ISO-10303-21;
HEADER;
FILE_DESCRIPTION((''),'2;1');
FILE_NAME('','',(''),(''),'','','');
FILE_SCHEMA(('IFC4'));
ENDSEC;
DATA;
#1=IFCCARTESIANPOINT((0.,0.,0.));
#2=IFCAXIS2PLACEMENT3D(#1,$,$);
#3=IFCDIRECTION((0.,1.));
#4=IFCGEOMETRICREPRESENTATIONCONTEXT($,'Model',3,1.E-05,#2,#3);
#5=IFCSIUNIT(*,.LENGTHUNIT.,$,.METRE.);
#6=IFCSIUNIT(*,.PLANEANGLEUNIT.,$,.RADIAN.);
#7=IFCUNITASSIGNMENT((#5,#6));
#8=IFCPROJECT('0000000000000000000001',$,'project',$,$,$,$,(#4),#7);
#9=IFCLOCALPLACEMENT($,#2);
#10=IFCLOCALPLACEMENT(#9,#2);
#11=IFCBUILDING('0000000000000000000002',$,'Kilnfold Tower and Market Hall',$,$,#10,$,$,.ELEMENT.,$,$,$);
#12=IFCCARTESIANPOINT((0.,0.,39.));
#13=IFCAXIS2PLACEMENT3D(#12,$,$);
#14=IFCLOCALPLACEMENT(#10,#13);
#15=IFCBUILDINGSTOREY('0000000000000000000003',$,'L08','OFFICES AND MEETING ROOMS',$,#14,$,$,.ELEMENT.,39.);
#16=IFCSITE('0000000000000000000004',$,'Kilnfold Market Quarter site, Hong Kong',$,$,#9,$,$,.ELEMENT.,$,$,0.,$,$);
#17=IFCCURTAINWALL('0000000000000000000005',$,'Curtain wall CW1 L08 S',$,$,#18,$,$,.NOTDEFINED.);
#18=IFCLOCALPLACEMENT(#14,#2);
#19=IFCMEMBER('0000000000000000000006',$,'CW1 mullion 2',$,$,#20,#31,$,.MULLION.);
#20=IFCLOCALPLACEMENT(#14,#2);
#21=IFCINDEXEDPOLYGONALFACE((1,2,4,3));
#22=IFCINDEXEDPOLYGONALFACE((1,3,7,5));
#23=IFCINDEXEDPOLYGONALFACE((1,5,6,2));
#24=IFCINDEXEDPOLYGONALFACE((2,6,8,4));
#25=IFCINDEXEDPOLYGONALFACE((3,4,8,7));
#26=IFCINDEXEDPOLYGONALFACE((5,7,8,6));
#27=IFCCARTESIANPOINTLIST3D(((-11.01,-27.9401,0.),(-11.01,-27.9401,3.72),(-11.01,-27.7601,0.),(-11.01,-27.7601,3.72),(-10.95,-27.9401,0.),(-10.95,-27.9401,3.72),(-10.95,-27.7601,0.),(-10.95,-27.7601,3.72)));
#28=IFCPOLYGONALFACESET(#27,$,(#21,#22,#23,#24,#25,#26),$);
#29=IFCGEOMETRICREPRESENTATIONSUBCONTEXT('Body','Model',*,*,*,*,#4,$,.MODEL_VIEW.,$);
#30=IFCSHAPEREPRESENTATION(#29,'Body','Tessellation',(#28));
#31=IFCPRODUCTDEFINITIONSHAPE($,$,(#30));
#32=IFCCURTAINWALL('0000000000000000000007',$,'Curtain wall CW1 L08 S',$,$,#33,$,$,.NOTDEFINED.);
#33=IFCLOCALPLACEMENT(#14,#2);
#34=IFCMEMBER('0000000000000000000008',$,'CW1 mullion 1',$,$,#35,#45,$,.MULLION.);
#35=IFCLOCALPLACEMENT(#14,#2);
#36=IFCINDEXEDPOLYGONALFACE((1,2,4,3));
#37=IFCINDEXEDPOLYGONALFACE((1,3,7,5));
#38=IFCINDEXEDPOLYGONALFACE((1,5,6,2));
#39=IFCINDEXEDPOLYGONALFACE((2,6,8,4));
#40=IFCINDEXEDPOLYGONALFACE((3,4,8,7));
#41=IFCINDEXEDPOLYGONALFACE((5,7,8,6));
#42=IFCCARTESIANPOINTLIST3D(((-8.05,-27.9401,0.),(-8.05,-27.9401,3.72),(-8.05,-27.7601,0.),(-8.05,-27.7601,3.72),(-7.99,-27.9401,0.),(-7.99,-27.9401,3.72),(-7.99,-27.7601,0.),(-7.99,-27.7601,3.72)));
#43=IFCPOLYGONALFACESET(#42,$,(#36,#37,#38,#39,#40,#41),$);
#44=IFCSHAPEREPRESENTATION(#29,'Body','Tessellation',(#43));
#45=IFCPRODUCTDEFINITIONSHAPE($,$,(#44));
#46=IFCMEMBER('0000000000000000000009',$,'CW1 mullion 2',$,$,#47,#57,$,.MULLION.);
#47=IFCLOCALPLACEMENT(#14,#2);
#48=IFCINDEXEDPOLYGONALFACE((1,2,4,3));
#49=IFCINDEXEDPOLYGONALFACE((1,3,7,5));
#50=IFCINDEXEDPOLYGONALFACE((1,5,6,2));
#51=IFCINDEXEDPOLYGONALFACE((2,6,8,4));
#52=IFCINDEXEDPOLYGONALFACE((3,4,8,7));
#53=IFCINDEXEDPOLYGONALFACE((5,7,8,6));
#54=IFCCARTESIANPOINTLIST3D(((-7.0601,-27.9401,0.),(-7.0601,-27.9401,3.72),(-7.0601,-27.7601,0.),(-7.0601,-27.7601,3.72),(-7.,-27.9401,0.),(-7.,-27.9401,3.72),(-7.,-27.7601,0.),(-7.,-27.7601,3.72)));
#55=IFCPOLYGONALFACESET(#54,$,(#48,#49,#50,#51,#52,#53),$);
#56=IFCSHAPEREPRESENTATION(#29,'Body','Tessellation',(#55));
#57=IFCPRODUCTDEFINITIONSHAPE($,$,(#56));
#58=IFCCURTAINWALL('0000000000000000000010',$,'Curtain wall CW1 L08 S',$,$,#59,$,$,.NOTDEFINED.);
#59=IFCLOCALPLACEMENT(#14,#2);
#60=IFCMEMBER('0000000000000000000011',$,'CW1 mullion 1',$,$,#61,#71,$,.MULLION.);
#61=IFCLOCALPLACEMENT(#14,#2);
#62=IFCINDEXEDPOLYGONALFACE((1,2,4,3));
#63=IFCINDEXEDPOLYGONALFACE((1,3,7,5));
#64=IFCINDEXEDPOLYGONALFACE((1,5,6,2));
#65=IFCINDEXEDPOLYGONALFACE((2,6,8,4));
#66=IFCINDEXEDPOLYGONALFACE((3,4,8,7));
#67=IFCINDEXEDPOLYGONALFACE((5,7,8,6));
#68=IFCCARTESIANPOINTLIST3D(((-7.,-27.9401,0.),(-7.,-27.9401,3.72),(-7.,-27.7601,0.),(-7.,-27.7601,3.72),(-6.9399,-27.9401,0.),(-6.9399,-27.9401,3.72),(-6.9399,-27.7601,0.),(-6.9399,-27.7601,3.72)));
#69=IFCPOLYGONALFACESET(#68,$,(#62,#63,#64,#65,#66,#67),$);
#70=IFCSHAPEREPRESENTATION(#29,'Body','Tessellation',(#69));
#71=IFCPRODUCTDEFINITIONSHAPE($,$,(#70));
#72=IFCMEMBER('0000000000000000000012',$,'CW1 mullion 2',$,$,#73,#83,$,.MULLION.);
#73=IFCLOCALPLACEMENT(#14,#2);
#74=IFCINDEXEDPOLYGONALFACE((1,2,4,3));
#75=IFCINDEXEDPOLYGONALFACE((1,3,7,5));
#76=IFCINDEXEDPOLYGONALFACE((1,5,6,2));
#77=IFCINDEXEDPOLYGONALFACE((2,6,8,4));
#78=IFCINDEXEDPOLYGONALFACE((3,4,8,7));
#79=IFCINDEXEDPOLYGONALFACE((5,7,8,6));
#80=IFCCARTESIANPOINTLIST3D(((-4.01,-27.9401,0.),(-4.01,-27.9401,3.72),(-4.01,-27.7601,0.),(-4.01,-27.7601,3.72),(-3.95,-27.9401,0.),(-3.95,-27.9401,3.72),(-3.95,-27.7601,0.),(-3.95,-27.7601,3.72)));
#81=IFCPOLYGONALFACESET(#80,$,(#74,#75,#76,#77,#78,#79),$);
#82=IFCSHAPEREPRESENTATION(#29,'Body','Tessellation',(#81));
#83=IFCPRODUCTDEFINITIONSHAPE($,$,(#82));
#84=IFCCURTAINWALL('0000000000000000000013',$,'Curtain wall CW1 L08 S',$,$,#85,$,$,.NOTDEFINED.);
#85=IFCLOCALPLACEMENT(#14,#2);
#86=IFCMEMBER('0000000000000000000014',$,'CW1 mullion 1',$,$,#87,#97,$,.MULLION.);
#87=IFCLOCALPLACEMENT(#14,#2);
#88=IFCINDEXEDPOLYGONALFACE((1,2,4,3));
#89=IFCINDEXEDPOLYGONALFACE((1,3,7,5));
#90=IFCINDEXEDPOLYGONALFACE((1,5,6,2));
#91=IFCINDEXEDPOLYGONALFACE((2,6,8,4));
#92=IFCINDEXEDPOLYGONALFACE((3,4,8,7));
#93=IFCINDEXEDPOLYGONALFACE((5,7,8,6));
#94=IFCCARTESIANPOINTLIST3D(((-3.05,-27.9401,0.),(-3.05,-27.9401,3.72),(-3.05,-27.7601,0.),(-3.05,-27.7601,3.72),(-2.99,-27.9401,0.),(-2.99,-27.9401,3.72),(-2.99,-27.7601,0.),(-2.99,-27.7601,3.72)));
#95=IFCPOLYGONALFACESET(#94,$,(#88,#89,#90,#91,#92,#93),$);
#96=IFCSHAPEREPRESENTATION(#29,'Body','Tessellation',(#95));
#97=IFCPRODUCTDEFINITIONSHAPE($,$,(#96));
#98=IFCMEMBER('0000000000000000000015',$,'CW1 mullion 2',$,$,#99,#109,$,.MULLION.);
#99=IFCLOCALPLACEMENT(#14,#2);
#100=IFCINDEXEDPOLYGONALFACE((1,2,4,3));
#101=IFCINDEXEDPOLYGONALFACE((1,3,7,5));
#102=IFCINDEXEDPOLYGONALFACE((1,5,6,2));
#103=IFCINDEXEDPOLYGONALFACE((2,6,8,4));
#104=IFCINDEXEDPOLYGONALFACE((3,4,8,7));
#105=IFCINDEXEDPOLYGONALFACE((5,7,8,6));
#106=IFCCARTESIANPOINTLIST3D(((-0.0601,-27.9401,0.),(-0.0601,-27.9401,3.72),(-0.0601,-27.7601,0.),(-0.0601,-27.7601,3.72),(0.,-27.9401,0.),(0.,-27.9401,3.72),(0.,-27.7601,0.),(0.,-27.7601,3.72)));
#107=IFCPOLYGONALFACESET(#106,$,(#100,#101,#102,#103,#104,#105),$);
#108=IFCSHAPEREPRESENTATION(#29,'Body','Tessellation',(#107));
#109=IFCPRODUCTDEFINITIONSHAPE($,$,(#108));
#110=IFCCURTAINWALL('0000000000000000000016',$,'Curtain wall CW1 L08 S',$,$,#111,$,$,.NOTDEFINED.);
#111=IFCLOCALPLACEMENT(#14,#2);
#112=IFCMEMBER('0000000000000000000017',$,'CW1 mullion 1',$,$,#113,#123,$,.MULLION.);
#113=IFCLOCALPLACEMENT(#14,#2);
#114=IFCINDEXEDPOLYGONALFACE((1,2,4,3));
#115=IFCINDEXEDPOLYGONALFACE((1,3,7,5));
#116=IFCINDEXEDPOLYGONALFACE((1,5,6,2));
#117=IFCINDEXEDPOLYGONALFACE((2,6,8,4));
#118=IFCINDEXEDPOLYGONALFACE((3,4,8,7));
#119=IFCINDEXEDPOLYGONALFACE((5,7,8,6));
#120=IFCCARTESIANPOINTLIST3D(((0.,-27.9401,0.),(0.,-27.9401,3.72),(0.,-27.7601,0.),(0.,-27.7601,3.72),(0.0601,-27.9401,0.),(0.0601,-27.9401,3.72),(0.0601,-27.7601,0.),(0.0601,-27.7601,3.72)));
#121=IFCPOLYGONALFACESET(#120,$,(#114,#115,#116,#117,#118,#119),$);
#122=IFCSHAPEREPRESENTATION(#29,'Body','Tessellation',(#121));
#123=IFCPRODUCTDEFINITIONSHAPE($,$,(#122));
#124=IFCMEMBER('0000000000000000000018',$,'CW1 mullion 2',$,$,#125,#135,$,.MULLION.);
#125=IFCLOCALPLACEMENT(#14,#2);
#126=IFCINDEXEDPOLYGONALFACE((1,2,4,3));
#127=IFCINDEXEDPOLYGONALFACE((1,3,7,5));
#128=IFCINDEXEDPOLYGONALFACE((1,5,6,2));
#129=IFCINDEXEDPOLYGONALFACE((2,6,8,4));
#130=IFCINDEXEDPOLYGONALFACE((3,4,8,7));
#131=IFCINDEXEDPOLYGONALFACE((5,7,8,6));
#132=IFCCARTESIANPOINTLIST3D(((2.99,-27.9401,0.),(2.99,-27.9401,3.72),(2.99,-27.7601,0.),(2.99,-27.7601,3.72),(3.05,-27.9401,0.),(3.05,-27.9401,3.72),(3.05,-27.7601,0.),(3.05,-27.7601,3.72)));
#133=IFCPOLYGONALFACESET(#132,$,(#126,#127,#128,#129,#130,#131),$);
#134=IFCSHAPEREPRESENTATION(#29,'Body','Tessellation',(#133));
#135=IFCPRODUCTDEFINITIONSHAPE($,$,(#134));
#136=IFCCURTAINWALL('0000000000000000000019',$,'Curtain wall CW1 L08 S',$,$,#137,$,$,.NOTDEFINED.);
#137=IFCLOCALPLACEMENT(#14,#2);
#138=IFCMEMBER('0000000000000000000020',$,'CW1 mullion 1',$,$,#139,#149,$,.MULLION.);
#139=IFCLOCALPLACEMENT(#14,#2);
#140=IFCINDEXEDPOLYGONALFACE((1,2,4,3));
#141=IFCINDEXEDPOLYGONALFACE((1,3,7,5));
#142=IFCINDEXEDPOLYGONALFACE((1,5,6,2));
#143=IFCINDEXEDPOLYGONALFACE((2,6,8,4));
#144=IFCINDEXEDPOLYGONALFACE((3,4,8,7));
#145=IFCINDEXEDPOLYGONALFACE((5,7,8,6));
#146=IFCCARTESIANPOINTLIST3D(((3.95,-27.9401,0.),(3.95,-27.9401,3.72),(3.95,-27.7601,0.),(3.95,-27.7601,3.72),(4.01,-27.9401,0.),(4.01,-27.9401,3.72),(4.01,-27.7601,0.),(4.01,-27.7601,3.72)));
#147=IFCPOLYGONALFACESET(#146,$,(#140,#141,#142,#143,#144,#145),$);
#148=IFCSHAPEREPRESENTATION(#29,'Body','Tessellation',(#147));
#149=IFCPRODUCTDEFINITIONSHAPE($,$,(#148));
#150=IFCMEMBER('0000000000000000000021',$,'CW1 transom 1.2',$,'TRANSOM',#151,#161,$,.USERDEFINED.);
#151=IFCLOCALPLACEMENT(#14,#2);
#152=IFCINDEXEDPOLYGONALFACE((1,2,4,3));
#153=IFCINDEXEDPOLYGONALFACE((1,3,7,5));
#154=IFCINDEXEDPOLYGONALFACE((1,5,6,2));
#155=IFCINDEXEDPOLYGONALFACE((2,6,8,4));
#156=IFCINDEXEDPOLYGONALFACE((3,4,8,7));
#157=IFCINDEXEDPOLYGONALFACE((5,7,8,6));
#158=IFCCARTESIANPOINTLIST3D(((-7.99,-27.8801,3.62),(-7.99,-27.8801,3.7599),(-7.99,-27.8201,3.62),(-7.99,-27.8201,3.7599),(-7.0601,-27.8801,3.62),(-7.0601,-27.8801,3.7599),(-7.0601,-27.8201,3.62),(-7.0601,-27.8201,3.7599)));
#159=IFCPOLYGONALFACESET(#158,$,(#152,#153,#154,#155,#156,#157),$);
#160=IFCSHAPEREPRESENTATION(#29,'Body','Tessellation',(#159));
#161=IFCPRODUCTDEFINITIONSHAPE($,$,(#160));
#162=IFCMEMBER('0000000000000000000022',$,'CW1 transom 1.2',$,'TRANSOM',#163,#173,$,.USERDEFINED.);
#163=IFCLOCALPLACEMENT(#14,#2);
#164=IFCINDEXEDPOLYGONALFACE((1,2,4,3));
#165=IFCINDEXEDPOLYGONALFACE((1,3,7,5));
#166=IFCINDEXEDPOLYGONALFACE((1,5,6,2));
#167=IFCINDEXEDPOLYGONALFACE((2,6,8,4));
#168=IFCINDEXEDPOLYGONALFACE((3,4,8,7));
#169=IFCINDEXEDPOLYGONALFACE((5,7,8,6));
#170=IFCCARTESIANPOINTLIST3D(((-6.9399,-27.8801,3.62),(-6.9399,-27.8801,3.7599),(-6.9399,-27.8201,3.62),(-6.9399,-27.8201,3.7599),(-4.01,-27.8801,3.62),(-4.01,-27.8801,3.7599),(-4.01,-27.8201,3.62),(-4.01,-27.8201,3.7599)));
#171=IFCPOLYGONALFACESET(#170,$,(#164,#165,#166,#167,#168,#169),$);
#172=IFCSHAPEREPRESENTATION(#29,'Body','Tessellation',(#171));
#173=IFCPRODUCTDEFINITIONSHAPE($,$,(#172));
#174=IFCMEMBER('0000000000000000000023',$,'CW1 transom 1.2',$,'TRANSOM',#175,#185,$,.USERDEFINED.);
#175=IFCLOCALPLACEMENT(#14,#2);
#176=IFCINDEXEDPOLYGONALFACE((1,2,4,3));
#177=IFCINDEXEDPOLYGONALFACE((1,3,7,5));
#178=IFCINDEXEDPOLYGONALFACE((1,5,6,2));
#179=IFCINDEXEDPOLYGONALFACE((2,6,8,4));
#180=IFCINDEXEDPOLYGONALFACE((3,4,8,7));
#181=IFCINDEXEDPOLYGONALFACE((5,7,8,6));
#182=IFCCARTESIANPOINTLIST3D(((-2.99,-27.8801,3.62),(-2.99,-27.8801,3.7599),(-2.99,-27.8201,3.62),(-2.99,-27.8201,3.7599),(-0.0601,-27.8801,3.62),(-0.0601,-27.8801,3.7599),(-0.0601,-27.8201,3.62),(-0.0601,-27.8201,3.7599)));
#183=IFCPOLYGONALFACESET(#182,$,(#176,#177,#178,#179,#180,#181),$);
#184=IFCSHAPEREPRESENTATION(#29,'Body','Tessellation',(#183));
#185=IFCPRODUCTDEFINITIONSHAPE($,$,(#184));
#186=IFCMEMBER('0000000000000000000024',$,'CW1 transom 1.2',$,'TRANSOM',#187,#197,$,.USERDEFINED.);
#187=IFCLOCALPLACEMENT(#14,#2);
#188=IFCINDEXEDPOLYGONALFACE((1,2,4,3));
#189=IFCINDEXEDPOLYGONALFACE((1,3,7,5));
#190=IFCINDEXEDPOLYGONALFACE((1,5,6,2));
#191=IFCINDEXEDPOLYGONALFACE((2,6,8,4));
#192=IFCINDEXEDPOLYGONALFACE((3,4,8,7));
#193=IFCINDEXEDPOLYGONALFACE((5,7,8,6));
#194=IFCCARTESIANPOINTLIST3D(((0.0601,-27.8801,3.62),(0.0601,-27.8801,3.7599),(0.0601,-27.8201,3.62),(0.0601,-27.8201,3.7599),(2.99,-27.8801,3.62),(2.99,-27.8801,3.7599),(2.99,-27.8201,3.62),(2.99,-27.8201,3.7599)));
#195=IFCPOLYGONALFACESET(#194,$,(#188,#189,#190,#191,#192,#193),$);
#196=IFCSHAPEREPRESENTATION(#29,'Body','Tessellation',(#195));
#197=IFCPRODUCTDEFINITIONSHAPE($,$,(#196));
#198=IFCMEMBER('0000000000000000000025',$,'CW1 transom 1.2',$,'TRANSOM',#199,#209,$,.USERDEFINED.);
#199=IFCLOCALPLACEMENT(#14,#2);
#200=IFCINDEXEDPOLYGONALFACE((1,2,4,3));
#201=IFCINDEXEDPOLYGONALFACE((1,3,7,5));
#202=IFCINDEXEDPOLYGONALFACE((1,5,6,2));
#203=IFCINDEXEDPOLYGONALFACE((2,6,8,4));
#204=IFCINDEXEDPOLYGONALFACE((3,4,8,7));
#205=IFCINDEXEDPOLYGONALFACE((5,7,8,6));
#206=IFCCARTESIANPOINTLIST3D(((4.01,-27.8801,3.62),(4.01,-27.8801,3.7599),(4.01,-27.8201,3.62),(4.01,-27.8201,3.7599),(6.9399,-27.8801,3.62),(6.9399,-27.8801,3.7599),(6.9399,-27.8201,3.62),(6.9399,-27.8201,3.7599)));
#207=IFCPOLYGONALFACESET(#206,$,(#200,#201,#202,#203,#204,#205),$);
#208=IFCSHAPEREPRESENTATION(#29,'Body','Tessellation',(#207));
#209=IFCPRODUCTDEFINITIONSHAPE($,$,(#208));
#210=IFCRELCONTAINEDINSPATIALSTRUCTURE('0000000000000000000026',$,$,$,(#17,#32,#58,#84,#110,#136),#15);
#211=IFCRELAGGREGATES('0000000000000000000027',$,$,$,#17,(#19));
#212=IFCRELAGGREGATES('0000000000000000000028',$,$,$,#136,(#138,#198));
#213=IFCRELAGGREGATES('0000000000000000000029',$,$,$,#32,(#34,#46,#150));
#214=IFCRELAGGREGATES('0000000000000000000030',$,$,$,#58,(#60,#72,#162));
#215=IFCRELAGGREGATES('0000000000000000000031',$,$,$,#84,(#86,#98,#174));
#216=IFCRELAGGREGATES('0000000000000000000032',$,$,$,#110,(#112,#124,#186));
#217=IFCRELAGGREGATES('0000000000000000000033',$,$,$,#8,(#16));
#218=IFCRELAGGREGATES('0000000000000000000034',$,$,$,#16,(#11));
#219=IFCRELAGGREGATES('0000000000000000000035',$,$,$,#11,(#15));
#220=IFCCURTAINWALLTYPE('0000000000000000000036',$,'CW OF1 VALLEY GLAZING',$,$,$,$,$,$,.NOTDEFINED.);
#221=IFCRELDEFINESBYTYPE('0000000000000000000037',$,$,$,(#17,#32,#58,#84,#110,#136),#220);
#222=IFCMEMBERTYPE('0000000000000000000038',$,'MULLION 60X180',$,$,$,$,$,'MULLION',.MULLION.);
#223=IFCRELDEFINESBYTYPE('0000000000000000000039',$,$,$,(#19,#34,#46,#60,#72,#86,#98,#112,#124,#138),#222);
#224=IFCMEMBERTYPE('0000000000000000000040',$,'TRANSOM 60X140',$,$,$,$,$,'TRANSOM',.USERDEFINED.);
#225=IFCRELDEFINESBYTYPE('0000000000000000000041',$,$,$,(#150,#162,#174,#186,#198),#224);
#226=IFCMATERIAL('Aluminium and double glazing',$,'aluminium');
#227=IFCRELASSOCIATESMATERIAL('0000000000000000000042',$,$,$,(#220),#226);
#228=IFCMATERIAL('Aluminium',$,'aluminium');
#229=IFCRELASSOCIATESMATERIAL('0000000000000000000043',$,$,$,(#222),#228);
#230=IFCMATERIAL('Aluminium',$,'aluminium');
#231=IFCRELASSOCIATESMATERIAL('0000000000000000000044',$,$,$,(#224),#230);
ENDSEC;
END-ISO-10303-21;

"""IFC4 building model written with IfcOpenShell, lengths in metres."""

from ifc_helpers import new_model, si_unit, direction, frame, origin, origin_2d, place, context, subcontext, project, spatial, rectangle, extrude, source, transform, mapped, material, material_profile, profile_set, type_object, element, aggregate, save


model = new_model("IFC4")

# Units and contexts
model_context = context("Model", 3, precision=1e-05, world=origin(), true_north=direction((0.0, 1.0)))
body_context = subcontext(model_context, "Body", "Model", "MODEL_VIEW")
ifc_project = project(units=[si_unit("LENGTHUNIT", "METRE"), si_unit("PLANEANGLEUNIT", "RADIAN")], contexts=[model_context])

# Site, building, storey
site_placement = place(None, origin())
site = spatial("IfcSite", under=ifc_project, at=site_placement, Name="Kilnfold Market Quarter site, Hong Kong", CompositionType="ELEMENT", RefElevation=0.0)
building_placement = place(site_placement, origin())
building = spatial("IfcBuilding", under=site, at=building_placement, Name="Kilnfold Tower and Market Hall", CompositionType="ELEMENT")
storey_placement = place(building_placement, frame((0.0, 0.0, 39.0)))
storey = spatial("IfcBuildingStorey", under=building, at=storey_placement, Name="L08", Description="OFFICES AND MEETING ROOMS", CompositionType="ELEMENT", Elevation=39.0)

# Curtain wall, member
ifc_material_1 = material(Name="Aluminium and double glazing", Category="aluminium")
curtain_wall_type = type_object("IfcCurtainWallType", Name="CW OF1 VALLEY GLAZING", PredefinedType="NOTDEFINED", material=ifc_material_1)
curtain_wall_1_placement = place(storey_placement, origin())
curtain_wall_1 = element("IfcCurtainWall", 1, at=curtain_wall_1_placement, inside=storey, type_object=curtain_wall_type, Name="Curtain wall CW1 L08 S", PredefinedType="NOTDEFINED")
ifc_material_2 = material(Name="Aluminium", Category="aluminium")
ifc_material_profile_1 = material_profile(ifc_material_2, rectangle(XDim=0.0601, YDim=0.1799, at=origin_2d()), Name="MULLION 60x180")
ifc_profile_set_1 = profile_set([ifc_material_profile_1], Name="Aluminium")
member_type_1 = type_object("IfcMemberType", Name="MULLION 60X180", ElementType="MULLION", PredefinedType="MULLION", material=ifc_profile_set_1)
shared_shape_1 = source(origin(), body_context, "Body", "SweptSolid", [
    extrude(rectangle(XDim=0.0601, YDim=0.1799, at=origin_2d()), origin(), (0.0, 0.0, 1.0), 3.72),
])
member_1_placement = place(storey_placement, frame((-10.98, -27.8501, 0.0), z_axis=(0.0, 0.0, 1.0), x_axis=(1.0, 0.0, 0.0)))
member_1 = element("IfcMember", 2, at=member_1_placement, type_object=member_type_1, Name="CW1 mullion 2", PredefinedType="MULLION", context=body_context, shape_type="MappedRepresentation", body=[
    mapped(shared_shape_1, transform((0.0, 0.0, 0.0))),
])
aggregate(curtain_wall_1, [member_1])

# Curtain walls, members
curtain_wall_2_placement = place(storey_placement, origin())
curtain_wall_2 = element("IfcCurtainWall", 3, at=curtain_wall_2_placement, inside=storey, type_object=curtain_wall_type, Name="Curtain wall CW1 L08 S", PredefinedType="NOTDEFINED")
member_2_placement = place(storey_placement, frame((-8.02, -27.8501, 0.0), z_axis=(0.0, 0.0, 1.0), x_axis=(1.0, 0.0, 0.0)))
member_2 = element("IfcMember", 4, at=member_2_placement, type_object=member_type_1, Name="CW1 mullion 1", PredefinedType="MULLION", context=body_context, shape_type="MappedRepresentation", body=[
    mapped(shared_shape_1, transform((0.0, 0.0, 0.0))),
])
member_3_placement = place(storey_placement, frame((-7.03, -27.8501, 0.0), z_axis=(0.0, 0.0, 1.0), x_axis=(1.0, 0.0, 0.0)))
member_3 = element("IfcMember", 5, at=member_3_placement, type_object=member_type_1, Name="CW1 mullion 2", PredefinedType="MULLION", context=body_context, shape_type="MappedRepresentation", body=[
    mapped(shared_shape_1, transform((0.0, 0.0, 0.0))),
])
curtain_wall_3_placement = place(storey_placement, origin())
curtain_wall_3 = element("IfcCurtainWall", 6, at=curtain_wall_3_placement, inside=storey, type_object=curtain_wall_type, Name="Curtain wall CW1 L08 S", PredefinedType="NOTDEFINED")
member_4_placement = place(storey_placement, frame((-6.97, -27.8501, 0.0), z_axis=(0.0, 0.0, 1.0), x_axis=(1.0, 0.0, 0.0)))
member_4 = element("IfcMember", 7, at=member_4_placement, type_object=member_type_1, Name="CW1 mullion 1", PredefinedType="MULLION", context=body_context, shape_type="MappedRepresentation", body=[
    mapped(shared_shape_1, transform((0.0, 0.0, 0.0))),
])
member_5_placement = place(storey_placement, frame((-3.98, -27.8501, 0.0), z_axis=(0.0, 0.0, 1.0), x_axis=(1.0, 0.0, 0.0)))
member_5 = element("IfcMember", 8, at=member_5_placement, type_object=member_type_1, Name="CW1 mullion 2", PredefinedType="MULLION", context=body_context, shape_type="MappedRepresentation", body=[
    mapped(shared_shape_1, transform((0.0, 0.0, 0.0))),
])
curtain_wall_4_placement = place(storey_placement, origin())
curtain_wall_4 = element("IfcCurtainWall", 9, at=curtain_wall_4_placement, inside=storey, type_object=curtain_wall_type, Name="Curtain wall CW1 L08 S", PredefinedType="NOTDEFINED")
member_6_placement = place(storey_placement, frame((-3.02, -27.8501, 0.0), z_axis=(0.0, 0.0, 1.0), x_axis=(1.0, 0.0, 0.0)))
member_6 = element("IfcMember", 10, at=member_6_placement, type_object=member_type_1, Name="CW1 mullion 1", PredefinedType="MULLION", context=body_context, shape_type="MappedRepresentation", body=[
    mapped(shared_shape_1, transform((0.0, 0.0, 0.0))),
])
member_7_placement = place(storey_placement, frame((-0.03, -27.8501, 0.0), z_axis=(0.0, 0.0, 1.0), x_axis=(1.0, 0.0, 0.0)))
member_7 = element("IfcMember", 11, at=member_7_placement, type_object=member_type_1, Name="CW1 mullion 2", PredefinedType="MULLION", context=body_context, shape_type="MappedRepresentation", body=[
    mapped(shared_shape_1, transform((0.0, 0.0, 0.0))),
])
curtain_wall_5_placement = place(storey_placement, origin())
curtain_wall_5 = element("IfcCurtainWall", 12, at=curtain_wall_5_placement, inside=storey, type_object=curtain_wall_type, Name="Curtain wall CW1 L08 S", PredefinedType="NOTDEFINED")
member_8_placement = place(storey_placement, frame((0.03, -27.8501, 0.0), z_axis=(0.0, 0.0, 1.0), x_axis=(1.0, 0.0, 0.0)))
member_8 = element("IfcMember", 13, at=member_8_placement, type_object=member_type_1, Name="CW1 mullion 1", PredefinedType="MULLION", context=body_context, shape_type="MappedRepresentation", body=[
    mapped(shared_shape_1, transform((0.0, 0.0, 0.0))),
])
member_9_placement = place(storey_placement, frame((3.02, -27.8501, 0.0), z_axis=(0.0, 0.0, 1.0), x_axis=(1.0, 0.0, 0.0)))
member_9 = element("IfcMember", 14, at=member_9_placement, type_object=member_type_1, Name="CW1 mullion 2", PredefinedType="MULLION", context=body_context, shape_type="MappedRepresentation", body=[
    mapped(shared_shape_1, transform((0.0, 0.0, 0.0))),
])

# Curtain wall, member
curtain_wall_6_placement = place(storey_placement, origin())
curtain_wall_6 = element("IfcCurtainWall", 15, at=curtain_wall_6_placement, inside=storey, type_object=curtain_wall_type, Name="Curtain wall CW1 L08 S", PredefinedType="NOTDEFINED")
member_10_placement = place(storey_placement, frame((3.98, -27.8501, 0.0), z_axis=(0.0, 0.0, 1.0), x_axis=(1.0, 0.0, 0.0)))
member_10 = element("IfcMember", 16, at=member_10_placement, type_object=member_type_1, Name="CW1 mullion 1", PredefinedType="MULLION", context=body_context, shape_type="MappedRepresentation", body=[
    mapped(shared_shape_1, transform((0.0, 0.0, 0.0))),
])

# Members
ifc_material_3 = material(Name="Aluminium", Category="aluminium")
ifc_material_profile_2 = material_profile(ifc_material_3, rectangle(XDim=0.0601, YDim=0.1399, at=origin_2d()), Name="TRANSOM 60x140")
ifc_profile_set_2 = profile_set([ifc_material_profile_2], Name="Aluminium")
member_type_2 = type_object("IfcMemberType", Name="TRANSOM 60X140", ElementType="TRANSOM", PredefinedType="USERDEFINED", material=ifc_profile_set_2)
shared_shape_2 = source(origin(), body_context, "Body", "SweptSolid", [
    extrude(rectangle(XDim=0.0601, YDim=0.1399, at=origin_2d()), origin(), (0.0, 0.0, 1.0), 0.9299),
])
member_11_placement = place(storey_placement, frame((-7.99, -27.8501, 3.6899), z_axis=(1.0, 0.0, 0.0), x_axis=(0.0, 1.0, 0.0)))
member_11 = element("IfcMember", 17, at=member_11_placement, type_object=member_type_2, Name="CW1 transom 1.2", ObjectType="TRANSOM", PredefinedType="USERDEFINED", context=body_context, shape_type="MappedRepresentation", body=[
    mapped(shared_shape_2, transform((0.0, 0.0, 0.0))),
])
shared_shape_3 = source(origin(), body_context, "Body", "SweptSolid", [
    extrude(rectangle(XDim=0.0601, YDim=0.1399, at=origin_2d()), origin(), (0.0, 0.0, 1.0), 2.9299),
])
member_12_placement = place(storey_placement, frame((-6.9399, -27.8501, 3.6899), z_axis=(1.0, 0.0, 0.0), x_axis=(0.0, 1.0, 0.0)))
member_12 = element("IfcMember", 18, at=member_12_placement, type_object=member_type_2, Name="CW1 transom 1.2", ObjectType="TRANSOM", PredefinedType="USERDEFINED", context=body_context, shape_type="MappedRepresentation", body=[
    mapped(shared_shape_3, transform((0.0, 0.0, 0.0))),
])
member_13_placement = place(storey_placement, frame((-2.99, -27.8501, 3.6899), z_axis=(1.0, 0.0, 0.0), x_axis=(0.0, 1.0, 0.0)))
member_13 = element("IfcMember", 19, at=member_13_placement, type_object=member_type_2, Name="CW1 transom 1.2", ObjectType="TRANSOM", PredefinedType="USERDEFINED", context=body_context, shape_type="MappedRepresentation", body=[
    mapped(shared_shape_3, transform((0.0, 0.0, 0.0))),
])
member_14_placement = place(storey_placement, frame((0.0601, -27.8501, 3.6899), z_axis=(1.0, 0.0, 0.0), x_axis=(0.0, 1.0, 0.0)))
member_14 = element("IfcMember", 20, at=member_14_placement, type_object=member_type_2, Name="CW1 transom 1.2", ObjectType="TRANSOM", PredefinedType="USERDEFINED", context=body_context, shape_type="MappedRepresentation", body=[
    mapped(shared_shape_3, transform((0.0, 0.0, 0.0))),
])
member_15_placement = place(storey_placement, frame((4.01, -27.8501, 3.6899), z_axis=(1.0, 0.0, 0.0), x_axis=(0.0, 1.0, 0.0)))
member_15 = element("IfcMember", 21, at=member_15_placement, type_object=member_type_2, Name="CW1 transom 1.2", ObjectType="TRANSOM", PredefinedType="USERDEFINED", context=body_context, shape_type="MappedRepresentation", body=[
    mapped(shared_shape_3, transform((0.0, 0.0, 0.0))),
])
aggregate(curtain_wall_6, [member_10, member_15])

aggregate(curtain_wall_2, [member_2, member_3, member_11])
aggregate(curtain_wall_3, [member_4, member_5, member_12])
aggregate(curtain_wall_4, [member_6, member_7, member_13])
aggregate(curtain_wall_5, [member_8, member_9, member_14])

save(model, "model.ifc")
